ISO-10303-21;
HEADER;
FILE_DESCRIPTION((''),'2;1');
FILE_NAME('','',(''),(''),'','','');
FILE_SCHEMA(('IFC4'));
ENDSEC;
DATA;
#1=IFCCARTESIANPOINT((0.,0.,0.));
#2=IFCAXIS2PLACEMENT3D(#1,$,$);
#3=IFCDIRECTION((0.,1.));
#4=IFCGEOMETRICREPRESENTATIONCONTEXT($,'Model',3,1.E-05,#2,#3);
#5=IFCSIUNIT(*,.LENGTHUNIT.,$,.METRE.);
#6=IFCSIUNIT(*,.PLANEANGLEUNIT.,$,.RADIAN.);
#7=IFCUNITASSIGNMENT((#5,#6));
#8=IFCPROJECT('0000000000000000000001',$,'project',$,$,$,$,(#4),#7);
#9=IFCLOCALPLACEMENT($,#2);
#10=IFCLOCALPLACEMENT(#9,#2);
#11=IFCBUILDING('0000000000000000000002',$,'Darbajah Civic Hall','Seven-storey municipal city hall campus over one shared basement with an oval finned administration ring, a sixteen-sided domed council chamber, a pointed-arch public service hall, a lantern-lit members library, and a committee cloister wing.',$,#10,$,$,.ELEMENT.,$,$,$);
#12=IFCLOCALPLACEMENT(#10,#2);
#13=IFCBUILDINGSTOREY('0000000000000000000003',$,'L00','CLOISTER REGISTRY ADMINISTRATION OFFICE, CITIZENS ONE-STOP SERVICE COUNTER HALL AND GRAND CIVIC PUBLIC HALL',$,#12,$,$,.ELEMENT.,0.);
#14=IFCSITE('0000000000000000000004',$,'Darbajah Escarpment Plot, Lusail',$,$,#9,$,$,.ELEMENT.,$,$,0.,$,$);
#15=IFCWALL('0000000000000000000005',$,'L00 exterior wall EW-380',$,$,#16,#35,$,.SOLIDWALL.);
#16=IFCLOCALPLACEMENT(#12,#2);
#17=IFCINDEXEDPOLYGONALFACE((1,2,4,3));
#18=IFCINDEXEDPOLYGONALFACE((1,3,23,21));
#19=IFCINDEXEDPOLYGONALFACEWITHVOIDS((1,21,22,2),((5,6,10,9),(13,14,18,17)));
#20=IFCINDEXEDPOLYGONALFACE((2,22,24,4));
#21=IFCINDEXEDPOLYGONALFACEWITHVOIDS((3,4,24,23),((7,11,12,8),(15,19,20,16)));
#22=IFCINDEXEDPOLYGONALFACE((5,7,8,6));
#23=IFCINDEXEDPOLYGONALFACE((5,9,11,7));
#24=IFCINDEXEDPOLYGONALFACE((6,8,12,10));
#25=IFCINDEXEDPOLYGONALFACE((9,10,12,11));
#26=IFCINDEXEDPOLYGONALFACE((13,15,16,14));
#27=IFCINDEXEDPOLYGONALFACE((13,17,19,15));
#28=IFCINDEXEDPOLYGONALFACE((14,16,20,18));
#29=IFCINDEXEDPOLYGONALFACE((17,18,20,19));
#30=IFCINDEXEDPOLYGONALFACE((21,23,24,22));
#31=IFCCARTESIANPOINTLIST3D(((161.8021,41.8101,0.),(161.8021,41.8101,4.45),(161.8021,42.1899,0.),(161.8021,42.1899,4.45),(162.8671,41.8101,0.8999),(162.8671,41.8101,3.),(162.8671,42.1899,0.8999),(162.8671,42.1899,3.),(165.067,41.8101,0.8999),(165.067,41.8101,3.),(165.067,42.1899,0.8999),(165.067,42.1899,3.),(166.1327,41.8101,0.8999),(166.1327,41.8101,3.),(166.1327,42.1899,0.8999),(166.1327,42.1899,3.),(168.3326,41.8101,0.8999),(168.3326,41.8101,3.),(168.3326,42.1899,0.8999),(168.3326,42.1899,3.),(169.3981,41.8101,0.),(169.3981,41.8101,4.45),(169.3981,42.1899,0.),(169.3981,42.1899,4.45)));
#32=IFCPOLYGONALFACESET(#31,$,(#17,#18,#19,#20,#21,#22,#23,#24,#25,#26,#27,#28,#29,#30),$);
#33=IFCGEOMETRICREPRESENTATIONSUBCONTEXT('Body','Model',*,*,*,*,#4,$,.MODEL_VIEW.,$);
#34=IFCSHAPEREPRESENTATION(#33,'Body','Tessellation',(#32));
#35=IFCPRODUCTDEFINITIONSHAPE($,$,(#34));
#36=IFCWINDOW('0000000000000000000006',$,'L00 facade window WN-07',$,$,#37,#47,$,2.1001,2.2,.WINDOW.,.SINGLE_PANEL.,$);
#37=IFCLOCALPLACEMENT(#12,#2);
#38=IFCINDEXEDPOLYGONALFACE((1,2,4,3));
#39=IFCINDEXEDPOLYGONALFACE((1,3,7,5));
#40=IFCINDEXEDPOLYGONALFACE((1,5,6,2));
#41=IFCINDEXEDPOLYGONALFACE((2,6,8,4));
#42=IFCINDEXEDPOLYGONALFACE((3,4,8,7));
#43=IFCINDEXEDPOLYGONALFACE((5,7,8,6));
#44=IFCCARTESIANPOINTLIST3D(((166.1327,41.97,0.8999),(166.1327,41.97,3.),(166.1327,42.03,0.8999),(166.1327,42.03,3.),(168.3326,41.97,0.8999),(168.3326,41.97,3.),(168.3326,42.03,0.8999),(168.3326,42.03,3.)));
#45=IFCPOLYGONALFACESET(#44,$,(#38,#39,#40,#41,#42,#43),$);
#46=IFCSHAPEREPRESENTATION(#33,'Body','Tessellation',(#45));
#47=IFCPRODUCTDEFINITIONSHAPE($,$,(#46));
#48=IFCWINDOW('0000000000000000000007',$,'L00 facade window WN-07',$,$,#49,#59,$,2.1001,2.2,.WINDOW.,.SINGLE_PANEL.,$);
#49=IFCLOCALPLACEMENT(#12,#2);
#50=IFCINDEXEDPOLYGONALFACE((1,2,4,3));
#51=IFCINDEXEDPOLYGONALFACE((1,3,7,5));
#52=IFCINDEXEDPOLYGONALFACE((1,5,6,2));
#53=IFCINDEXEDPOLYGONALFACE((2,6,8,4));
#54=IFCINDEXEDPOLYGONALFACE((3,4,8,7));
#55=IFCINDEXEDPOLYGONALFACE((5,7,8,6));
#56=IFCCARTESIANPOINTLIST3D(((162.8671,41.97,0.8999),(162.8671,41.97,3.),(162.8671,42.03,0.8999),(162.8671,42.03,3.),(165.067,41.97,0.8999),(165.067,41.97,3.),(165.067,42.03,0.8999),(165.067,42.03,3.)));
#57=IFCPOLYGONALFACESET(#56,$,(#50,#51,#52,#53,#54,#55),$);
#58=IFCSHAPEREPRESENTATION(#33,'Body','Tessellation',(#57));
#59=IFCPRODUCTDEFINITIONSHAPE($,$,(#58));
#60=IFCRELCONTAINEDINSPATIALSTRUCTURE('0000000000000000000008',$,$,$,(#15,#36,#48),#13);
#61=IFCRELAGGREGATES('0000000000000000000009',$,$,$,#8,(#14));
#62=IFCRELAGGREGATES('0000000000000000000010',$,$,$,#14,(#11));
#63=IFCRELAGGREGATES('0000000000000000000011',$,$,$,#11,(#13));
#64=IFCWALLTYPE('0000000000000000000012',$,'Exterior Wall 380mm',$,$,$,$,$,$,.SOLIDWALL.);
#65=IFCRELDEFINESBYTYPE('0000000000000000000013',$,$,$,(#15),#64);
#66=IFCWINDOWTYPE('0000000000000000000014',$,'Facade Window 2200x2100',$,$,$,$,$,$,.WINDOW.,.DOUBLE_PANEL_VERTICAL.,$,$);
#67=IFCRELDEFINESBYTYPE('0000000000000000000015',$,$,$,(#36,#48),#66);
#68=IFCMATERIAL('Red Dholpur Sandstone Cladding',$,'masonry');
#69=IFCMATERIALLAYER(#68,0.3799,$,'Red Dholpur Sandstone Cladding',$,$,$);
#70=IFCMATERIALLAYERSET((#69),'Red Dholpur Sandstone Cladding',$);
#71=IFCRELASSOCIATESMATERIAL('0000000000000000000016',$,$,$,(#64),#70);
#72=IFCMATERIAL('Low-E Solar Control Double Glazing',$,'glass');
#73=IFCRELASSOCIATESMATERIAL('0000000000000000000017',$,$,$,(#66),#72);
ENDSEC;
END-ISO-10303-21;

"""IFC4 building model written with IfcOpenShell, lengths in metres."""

from ifc_helpers import new_model, si_unit, direction, frame, frame_2d, origin, place, context, subcontext, project, spatial, rectangle, extrude, material, layer, layer_set, type_object, element, fill, save


model = new_model("IFC4")

# Units and contexts
model_context = context("Model", 3, precision=1e-05, world=origin(), true_north=direction((0.0, 1.0)))
body_context = subcontext(model_context, "Body", "Model", "MODEL_VIEW")
ifc_project = project(units=[si_unit("LENGTHUNIT", "METRE"), si_unit("PLANEANGLEUNIT", "RADIAN")], contexts=[model_context])

# Site, building, storey
site_placement = place(None, origin())
site = spatial("IfcSite", under=ifc_project, at=site_placement, Name="Darbajah Escarpment Plot, Lusail", CompositionType="ELEMENT", RefElevation=0.0)
building_placement = place(site_placement, origin())
building = spatial("IfcBuilding", under=site, at=building_placement, Name="Darbajah Civic Hall", Description="Seven-storey municipal city hall campus over one shared basement with an oval finned administration ring, a sixteen-sided domed council chamber, a pointed-arch public service hall, a lantern-lit members library, and a committee cloister wing.", CompositionType="ELEMENT")
storey_placement = place(building_placement, origin())
storey = spatial("IfcBuildingStorey", under=building, at=storey_placement, Name="L00", Description="CLOISTER REGISTRY ADMINISTRATION OFFICE, CITIZENS ONE-STOP SERVICE COUNTER HALL AND GRAND CIVIC PUBLIC HALL", CompositionType="ELEMENT", Elevation=0.0)

# Shared definitions
ifc_material_1 = material(Name="Low-E Solar Control Double Glazing", Category="glass")

# Wall, openings, windows
ifc_material_2 = material(Name="Red Dholpur Sandstone Cladding", Category="masonry")
ifc_layer_1 = layer(ifc_material_2, 0.3799, Name="Red Dholpur Sandstone Cladding")
ifc_layer_set_1 = layer_set([ifc_layer_1], Name="Red Dholpur Sandstone Cladding")
wall_type_1 = type_object("IfcWallType", Name="Exterior Wall 380mm", PredefinedType="SOLIDWALL", material=ifc_layer_set_1)
wall_1_placement = place(storey_placement, frame((169.3979, 42.0, 0.0), z_axis=(0.0, 0.0, 1.0), x_axis=(-1.0, 0.0, 0.0)))
wall_1 = element("IfcWall", 1, at=wall_1_placement, inside=storey, type_object=wall_type_1, Name="L00 exterior wall EW-380", PredefinedType="SOLIDWALL", context=body_context, shape_type="SweptSolid", body=[
    extrude(rectangle(XDim=7.5959, YDim=0.3799, at=frame_2d((3.7979, 0.0))), origin(), (0.0, 0.0, 1.0), 4.45),
])
opening_1_placement = place(wall_1_placement, frame((1.0652, 0.0, 0.8999)))
opening_1 = element("IfcOpeningElement", 2, at=opening_1_placement, cuts=wall_1, PredefinedType="OPENING", context=body_context, shape_type="SweptSolid", body=[
    extrude(rectangle(XDim=2.2, YDim=2.1001, at=frame_2d((1.1001, 1.05))), frame((0.0, 0.2, 0.0), z_axis=(0.0, -1.0, 0.0), x_axis=(1.0, 0.0, 0.0)), (0.0, 0.0, 1.0), 0.3999),
])
opening_2_placement = place(wall_1_placement, frame((4.3308, 0.0, 0.8999)))
opening_2 = element("IfcOpeningElement", 3, at=opening_2_placement, cuts=wall_1, PredefinedType="OPENING", context=body_context, shape_type="SweptSolid", body=[
    extrude(rectangle(XDim=2.2, YDim=2.1001, at=frame_2d((1.1001, 1.05))), frame((0.0, 0.2, 0.0), z_axis=(0.0, -1.0, 0.0), x_axis=(1.0, 0.0, 0.0)), (0.0, 0.0, 1.0), 0.3999),
])
window_type_1 = type_object("IfcWindowType", Name="Facade Window 2200x2100", PartitioningType="DOUBLE_PANEL_VERTICAL", PredefinedType="WINDOW", material=ifc_material_1)
window_1_placement = place(opening_1_placement, origin())
window_1 = element("IfcWindow", 4, at=window_1_placement, inside=storey, type_object=window_type_1, Name="L00 facade window WN-07", OverallHeight=2.1001, OverallWidth=2.2, PartitioningType="SINGLE_PANEL", PredefinedType="WINDOW", context=body_context, shape_type="SweptSolid", body=[
    extrude(rectangle(XDim=2.2, YDim=2.1001, at=frame_2d((1.1001, 1.05))), frame((0.0, 0.03, 0.0), z_axis=(0.0, -1.0, 0.0), x_axis=(1.0, 0.0, 0.0)), (0.0, 0.0, 1.0), 0.0601),
])
fill(opening_1, window_1)
window_2_placement = place(opening_2_placement, origin())
window_2 = element("IfcWindow", 5, at=window_2_placement, inside=storey, type_object=window_type_1, Name="L00 facade window WN-07", OverallHeight=2.1001, OverallWidth=2.2, PartitioningType="SINGLE_PANEL", PredefinedType="WINDOW", context=body_context, shape_type="SweptSolid", body=[
    extrude(rectangle(XDim=2.2, YDim=2.1001, at=frame_2d((1.1001, 1.05))), frame((0.0, 0.03, 0.0), z_axis=(0.0, -1.0, 0.0), x_axis=(1.0, 0.0, 0.0)), (0.0, 0.0, 1.0), 0.0601),
])
fill(opening_2, window_2)

save(model, "model.ifc")
